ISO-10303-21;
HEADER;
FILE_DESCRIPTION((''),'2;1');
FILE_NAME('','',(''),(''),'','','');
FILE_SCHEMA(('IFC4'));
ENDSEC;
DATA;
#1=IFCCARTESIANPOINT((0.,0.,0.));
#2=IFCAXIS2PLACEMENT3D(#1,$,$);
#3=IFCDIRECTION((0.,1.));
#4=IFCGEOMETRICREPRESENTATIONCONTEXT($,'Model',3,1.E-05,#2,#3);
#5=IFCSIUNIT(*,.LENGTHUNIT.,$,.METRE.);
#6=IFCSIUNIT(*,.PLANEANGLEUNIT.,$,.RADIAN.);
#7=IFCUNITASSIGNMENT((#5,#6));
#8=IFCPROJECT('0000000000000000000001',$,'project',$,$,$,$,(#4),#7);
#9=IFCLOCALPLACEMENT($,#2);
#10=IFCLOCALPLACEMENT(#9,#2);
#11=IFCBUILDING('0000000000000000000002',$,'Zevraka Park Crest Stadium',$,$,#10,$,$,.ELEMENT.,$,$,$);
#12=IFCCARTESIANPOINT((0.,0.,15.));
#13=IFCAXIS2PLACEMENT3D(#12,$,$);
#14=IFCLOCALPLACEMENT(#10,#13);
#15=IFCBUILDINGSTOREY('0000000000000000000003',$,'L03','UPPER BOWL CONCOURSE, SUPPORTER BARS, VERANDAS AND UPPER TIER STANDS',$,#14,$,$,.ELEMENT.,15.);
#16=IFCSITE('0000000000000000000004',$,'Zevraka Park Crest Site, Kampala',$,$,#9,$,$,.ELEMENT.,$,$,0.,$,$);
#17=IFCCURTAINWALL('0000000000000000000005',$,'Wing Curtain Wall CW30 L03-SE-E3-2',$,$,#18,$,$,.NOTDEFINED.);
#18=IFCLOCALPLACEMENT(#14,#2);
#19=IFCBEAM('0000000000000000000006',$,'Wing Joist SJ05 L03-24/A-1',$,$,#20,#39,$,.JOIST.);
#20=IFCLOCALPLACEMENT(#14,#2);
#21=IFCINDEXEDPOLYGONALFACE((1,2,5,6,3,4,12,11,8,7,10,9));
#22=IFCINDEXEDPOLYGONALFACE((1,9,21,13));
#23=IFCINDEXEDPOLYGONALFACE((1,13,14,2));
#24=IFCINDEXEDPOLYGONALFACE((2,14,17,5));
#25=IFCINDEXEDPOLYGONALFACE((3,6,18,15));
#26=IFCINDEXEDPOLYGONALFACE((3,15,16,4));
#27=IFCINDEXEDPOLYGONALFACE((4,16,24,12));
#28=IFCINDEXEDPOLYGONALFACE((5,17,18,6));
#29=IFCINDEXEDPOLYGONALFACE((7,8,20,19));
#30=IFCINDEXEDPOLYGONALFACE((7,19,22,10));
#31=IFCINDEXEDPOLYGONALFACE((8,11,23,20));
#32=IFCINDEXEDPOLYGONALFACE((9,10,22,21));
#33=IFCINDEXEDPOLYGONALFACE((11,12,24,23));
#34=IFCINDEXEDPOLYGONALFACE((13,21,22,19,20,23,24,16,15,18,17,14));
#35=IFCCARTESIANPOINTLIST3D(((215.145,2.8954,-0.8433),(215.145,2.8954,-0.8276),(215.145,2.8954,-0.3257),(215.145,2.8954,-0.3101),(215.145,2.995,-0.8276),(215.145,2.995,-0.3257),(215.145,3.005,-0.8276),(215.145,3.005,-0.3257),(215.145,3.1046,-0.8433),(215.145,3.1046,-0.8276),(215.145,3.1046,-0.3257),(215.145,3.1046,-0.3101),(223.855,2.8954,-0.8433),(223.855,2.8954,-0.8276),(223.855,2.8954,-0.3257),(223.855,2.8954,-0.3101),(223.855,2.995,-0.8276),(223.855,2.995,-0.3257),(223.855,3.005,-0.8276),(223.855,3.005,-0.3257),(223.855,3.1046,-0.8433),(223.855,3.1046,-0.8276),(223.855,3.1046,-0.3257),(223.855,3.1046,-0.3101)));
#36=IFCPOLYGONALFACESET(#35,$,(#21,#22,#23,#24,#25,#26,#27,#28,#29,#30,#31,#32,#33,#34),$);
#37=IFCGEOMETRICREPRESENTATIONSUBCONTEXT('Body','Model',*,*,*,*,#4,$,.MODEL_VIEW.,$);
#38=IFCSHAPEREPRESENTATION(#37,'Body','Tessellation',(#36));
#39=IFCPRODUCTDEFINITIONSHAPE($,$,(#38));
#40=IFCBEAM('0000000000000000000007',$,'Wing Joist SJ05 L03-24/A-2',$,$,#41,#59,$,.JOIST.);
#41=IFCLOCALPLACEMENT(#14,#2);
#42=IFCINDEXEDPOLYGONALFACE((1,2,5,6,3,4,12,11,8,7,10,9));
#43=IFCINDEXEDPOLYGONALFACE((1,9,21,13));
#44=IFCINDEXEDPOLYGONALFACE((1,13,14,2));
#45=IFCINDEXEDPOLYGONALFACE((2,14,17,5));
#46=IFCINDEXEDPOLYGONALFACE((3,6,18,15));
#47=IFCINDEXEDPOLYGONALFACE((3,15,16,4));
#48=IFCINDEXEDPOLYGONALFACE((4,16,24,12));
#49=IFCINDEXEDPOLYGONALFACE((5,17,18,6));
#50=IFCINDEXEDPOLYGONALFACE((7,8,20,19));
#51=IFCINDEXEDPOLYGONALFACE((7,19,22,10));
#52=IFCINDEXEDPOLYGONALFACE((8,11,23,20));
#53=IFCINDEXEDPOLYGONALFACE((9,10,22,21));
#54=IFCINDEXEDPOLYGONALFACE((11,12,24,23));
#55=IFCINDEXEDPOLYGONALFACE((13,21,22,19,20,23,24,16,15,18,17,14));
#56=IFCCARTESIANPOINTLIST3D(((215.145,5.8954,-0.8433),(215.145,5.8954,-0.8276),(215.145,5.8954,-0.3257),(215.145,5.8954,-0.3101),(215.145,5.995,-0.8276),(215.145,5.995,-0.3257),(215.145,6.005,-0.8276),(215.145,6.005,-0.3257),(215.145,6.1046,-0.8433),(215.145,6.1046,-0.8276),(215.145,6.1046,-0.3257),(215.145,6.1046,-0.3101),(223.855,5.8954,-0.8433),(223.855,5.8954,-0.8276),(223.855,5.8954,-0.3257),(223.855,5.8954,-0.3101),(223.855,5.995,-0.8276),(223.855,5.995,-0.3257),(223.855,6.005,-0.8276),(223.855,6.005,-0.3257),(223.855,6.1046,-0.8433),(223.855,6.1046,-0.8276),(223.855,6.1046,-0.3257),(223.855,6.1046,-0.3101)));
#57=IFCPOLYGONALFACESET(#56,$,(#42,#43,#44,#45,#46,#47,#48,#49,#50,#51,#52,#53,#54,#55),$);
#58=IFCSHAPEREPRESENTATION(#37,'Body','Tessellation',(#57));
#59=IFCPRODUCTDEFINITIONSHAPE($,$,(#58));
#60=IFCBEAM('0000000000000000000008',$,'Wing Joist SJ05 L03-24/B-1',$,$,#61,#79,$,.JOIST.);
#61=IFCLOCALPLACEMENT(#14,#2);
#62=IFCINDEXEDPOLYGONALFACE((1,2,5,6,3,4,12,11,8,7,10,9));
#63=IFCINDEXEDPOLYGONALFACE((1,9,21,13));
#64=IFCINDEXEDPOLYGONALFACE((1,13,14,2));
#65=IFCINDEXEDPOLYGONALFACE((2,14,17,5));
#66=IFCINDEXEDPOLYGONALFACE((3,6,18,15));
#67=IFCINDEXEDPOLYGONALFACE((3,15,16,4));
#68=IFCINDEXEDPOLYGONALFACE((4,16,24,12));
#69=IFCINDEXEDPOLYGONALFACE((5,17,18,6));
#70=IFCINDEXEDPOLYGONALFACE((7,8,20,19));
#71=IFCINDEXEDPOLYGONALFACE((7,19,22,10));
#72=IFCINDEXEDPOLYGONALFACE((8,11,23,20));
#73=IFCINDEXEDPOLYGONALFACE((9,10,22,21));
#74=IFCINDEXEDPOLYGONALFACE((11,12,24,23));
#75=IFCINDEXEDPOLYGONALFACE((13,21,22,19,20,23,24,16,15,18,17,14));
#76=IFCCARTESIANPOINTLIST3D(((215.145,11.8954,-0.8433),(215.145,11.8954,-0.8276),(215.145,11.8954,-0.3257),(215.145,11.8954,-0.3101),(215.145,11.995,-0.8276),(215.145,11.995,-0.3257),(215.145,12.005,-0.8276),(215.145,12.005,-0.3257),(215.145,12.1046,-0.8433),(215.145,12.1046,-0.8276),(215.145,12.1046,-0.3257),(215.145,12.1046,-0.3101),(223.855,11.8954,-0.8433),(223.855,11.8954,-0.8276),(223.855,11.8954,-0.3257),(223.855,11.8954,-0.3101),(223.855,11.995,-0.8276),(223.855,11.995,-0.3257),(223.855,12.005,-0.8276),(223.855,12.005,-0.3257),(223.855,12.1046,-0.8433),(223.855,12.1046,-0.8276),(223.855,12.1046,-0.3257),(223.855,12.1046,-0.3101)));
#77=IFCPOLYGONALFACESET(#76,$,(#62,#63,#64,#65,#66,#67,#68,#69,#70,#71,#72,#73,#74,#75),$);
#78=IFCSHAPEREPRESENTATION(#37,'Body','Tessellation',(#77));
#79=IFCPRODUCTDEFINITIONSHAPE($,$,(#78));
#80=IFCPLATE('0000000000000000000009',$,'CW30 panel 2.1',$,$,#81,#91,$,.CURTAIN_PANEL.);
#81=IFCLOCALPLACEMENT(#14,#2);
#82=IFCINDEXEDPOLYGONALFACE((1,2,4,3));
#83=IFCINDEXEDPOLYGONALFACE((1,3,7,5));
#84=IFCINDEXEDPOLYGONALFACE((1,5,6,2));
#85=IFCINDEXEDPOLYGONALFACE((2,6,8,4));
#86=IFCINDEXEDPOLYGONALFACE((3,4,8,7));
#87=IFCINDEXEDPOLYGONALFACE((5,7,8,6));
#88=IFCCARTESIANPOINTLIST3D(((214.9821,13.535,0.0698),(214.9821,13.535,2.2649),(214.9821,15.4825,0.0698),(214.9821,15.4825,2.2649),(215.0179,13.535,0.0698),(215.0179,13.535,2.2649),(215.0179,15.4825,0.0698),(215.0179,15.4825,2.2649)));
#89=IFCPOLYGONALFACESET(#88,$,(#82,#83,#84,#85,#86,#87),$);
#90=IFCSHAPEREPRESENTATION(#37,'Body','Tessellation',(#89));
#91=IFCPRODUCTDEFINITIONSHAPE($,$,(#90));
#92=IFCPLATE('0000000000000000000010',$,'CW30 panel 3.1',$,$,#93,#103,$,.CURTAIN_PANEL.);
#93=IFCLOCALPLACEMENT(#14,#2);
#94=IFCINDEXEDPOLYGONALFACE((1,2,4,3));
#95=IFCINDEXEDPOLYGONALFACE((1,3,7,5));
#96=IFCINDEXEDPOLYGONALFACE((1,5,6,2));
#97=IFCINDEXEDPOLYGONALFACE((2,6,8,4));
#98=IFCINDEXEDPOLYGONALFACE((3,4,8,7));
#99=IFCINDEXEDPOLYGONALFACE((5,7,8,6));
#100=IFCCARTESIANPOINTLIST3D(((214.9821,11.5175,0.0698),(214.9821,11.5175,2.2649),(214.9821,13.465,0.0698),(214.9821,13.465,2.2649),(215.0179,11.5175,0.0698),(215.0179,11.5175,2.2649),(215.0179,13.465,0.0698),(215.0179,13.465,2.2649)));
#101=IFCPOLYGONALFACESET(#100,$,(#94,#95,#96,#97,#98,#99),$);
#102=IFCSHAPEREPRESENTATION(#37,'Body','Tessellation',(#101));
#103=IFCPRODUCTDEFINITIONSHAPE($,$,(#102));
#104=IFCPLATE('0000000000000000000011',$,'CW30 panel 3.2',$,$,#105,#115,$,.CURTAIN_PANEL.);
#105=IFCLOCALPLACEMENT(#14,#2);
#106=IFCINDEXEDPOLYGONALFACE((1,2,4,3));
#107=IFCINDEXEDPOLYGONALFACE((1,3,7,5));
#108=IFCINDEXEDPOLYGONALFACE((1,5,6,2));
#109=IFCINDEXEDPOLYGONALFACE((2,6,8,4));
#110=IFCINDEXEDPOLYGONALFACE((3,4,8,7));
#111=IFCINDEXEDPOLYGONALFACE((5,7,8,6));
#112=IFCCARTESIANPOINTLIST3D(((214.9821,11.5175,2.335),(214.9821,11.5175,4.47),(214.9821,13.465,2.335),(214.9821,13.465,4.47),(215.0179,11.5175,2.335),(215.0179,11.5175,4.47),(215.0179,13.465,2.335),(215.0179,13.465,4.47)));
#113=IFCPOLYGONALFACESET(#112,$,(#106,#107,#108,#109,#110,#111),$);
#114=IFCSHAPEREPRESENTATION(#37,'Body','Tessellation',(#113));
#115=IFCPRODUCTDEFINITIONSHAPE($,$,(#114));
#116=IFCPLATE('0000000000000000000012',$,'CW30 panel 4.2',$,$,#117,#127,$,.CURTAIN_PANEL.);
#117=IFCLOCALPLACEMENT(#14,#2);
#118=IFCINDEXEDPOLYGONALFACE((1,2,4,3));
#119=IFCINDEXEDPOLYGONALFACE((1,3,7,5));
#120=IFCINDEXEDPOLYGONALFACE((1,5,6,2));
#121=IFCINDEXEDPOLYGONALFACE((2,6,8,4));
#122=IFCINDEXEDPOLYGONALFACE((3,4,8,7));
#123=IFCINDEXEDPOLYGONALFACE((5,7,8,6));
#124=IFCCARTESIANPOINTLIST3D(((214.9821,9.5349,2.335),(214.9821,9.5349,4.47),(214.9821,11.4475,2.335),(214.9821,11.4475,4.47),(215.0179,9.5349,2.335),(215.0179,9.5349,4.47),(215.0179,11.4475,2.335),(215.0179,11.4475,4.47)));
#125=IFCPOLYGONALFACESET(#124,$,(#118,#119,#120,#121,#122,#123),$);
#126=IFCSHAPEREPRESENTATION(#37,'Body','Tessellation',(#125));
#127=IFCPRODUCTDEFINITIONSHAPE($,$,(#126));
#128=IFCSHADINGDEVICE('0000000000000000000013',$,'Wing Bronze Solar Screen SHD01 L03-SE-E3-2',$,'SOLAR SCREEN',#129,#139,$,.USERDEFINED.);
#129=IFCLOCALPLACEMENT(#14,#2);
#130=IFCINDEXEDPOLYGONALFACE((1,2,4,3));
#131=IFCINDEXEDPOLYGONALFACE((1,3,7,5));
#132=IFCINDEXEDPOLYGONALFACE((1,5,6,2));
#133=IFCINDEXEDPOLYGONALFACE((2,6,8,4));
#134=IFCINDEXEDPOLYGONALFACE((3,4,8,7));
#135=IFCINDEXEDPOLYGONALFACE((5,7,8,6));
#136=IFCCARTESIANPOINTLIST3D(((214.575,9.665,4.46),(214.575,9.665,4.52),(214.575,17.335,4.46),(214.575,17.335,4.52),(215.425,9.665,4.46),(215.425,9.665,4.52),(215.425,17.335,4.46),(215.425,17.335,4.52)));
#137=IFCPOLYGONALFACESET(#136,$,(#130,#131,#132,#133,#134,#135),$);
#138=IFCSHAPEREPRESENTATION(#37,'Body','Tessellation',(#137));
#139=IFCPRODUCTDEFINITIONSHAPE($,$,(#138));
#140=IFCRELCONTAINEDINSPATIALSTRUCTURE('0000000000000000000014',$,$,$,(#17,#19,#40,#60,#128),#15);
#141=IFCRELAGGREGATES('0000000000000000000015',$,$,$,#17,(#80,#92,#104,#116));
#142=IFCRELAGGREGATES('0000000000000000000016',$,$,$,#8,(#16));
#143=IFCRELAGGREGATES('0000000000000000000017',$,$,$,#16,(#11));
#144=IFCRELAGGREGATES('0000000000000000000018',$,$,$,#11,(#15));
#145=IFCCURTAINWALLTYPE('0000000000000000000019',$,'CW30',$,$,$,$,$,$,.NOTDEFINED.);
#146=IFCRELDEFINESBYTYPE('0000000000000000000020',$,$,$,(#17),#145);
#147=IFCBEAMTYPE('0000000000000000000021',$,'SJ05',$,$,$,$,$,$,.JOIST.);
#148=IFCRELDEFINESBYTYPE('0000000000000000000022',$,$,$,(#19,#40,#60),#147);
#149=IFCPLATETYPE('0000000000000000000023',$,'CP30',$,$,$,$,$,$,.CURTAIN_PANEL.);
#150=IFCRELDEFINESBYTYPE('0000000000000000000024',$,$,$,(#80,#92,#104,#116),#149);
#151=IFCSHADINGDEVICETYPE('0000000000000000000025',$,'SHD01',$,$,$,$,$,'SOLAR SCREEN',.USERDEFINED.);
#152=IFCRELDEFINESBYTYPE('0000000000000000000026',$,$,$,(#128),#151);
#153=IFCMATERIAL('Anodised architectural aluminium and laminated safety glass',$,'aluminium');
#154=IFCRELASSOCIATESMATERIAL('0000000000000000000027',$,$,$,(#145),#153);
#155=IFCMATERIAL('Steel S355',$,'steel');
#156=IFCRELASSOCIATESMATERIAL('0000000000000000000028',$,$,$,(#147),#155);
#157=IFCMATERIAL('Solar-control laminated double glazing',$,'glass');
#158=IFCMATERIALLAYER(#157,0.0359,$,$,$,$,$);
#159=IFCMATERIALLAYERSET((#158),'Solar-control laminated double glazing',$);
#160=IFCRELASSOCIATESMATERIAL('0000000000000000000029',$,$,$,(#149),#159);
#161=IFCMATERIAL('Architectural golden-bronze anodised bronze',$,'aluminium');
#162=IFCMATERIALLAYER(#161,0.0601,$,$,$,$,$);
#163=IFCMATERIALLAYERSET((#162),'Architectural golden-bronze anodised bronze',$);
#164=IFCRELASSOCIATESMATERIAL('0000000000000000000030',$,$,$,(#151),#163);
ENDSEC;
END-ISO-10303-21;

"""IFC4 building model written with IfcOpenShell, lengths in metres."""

from ifc_helpers import new_model, si_unit, direction, frame, origin, origin_2d, place, context, subcontext, project, spatial, rectangle, i_section, extrude, material, layer, layer_set, material_profile, profile_set, type_object, element, aggregate, save


model = new_model("IFC4")

# Units and contexts
model_context = context("Model", 3, precision=1e-05, world=origin(), true_north=direction((0.0, 1.0)))
body_context = subcontext(model_context, "Body", "Model", "MODEL_VIEW")
ifc_project = project(units=[si_unit("LENGTHUNIT", "METRE"), si_unit("PLANEANGLEUNIT", "RADIAN")], contexts=[model_context])

# Site, building, storey
site_placement = place(None, origin())
site = spatial("IfcSite", under=ifc_project, at=site_placement, Name="Zevraka Park Crest Site, Kampala", CompositionType="ELEMENT", RefElevation=0.0)
building_placement = place(site_placement, origin())
building = spatial("IfcBuilding", under=site, at=building_placement, Name="Zevraka Park Crest Stadium", CompositionType="ELEMENT")
storey_placement = place(building_placement, frame((0.0, 0.0, 15.0)))
storey = spatial("IfcBuildingStorey", under=building, at=storey_placement, Name="L03", Description="UPPER BOWL CONCOURSE, SUPPORTER BARS, VERANDAS AND UPPER TIER STANDS", CompositionType="ELEMENT", Elevation=15.0)

# Curtain wall
ifc_material_1 = material(Name="Anodised architectural aluminium and laminated safety glass", Category="aluminium")
curtain_wall_type = type_object("IfcCurtainWallType", Name="CW30", PredefinedType="NOTDEFINED", material=ifc_material_1)
curtain_wall_placement = place(storey_placement, origin())
curtain_wall = element("IfcCurtainWall", 1, at=curtain_wall_placement, inside=storey, type_object=curtain_wall_type, Name="Wing Curtain Wall CW30 L03-SE-E3-2", PredefinedType="NOTDEFINED")

# Beams
ifc_material_2 = material(Name="Steel S355", Category="steel")
ifc_material_profile_1 = material_profile(ifc_material_2, i_section(OverallWidth=0.2092, OverallDepth=0.5332, WebThickness=0.01, FlangeThickness=0.0156, at=origin_2d()), Name="UKB 533x210x92")
ifc_profile_set_1 = profile_set([ifc_material_profile_1], Name="Steel S355")
beam_type_1 = type_object("IfcBeamType", Name="SJ05", PredefinedType="JOIST", material=ifc_profile_set_1)
for number, where, z_axis, x_axis, name in (
    (2, (215.145, 3.0, -0.5767), (1.0, 0.0, 0.0), (0.0, 1.0, 0.0), "Wing Joist SJ05 L03-24/A-1"),
    (3, (215.145, 6.0, -0.5767), (1.0, 0.0, 0.0), (0.0, 1.0, 0.0), "Wing Joist SJ05 L03-24/A-2"),
    (4, (215.145, 12.0, -0.5767), (1.0, 0.0, 0.0), (0.0, 1.0, 0.0), "Wing Joist SJ05 L03-24/B-1"),
):
    element("IfcBeam", number, at=place(storey_placement, frame(where, z_axis=z_axis, x_axis=x_axis)), inside=storey, type_object=beam_type_1, Name=name, PredefinedType="JOIST", context=body_context, shape_type="SweptSolid", body=[
        extrude(i_section(OverallWidth=0.2092, OverallDepth=0.5332, WebThickness=0.01, FlangeThickness=0.0156, at=origin_2d()), origin(), (0.0, 0.0, 1.0), 8.71),
    ])

# Plates
ifc_material_3 = material(Name="Solar-control laminated double glazing", Category="glass")
ifc_layer_1 = layer(ifc_material_3, 0.0359)
ifc_layer_set_1 = layer_set([ifc_layer_1], Name="Solar-control laminated double glazing")
plate_type = type_object("IfcPlateType", Name="CP30", PredefinedType="CURTAIN_PANEL", material=ifc_layer_set_1)
plate_1_placement = place(storey_placement, frame((215.0, 14.5088, 0.0698), z_axis=(0.0, 0.0, 1.0), x_axis=(0.0, -1.0, 0.0)))
plate_1 = element("IfcPlate", 5, at=plate_1_placement, type_object=plate_type, Name="CW30 panel 2.1", PredefinedType="CURTAIN_PANEL", context=body_context, shape_type="SweptSolid", body=[
    extrude(rectangle(XDim=1.9475, YDim=0.0359, at=origin_2d()), origin(), (0.0, 0.0, 1.0), 2.1951),
])
plate_2_placement = place(storey_placement, frame((215.0, 12.4912, 0.0698), z_axis=(0.0, 0.0, 1.0), x_axis=(0.0, -1.0, 0.0)))
plate_2 = element("IfcPlate", 6, at=plate_2_placement, type_object=plate_type, Name="CW30 panel 3.1", PredefinedType="CURTAIN_PANEL", context=body_context, shape_type="SweptSolid", body=[
    extrude(rectangle(XDim=1.9475, YDim=0.0359, at=origin_2d()), origin(), (0.0, 0.0, 1.0), 2.1951),
])
plate_3_placement = place(storey_placement, frame((215.0, 12.4912, 2.335), z_axis=(0.0, 0.0, 1.0), x_axis=(0.0, -1.0, 0.0)))
plate_3 = element("IfcPlate", 7, at=plate_3_placement, type_object=plate_type, Name="CW30 panel 3.2", PredefinedType="CURTAIN_PANEL", context=body_context, shape_type="SweptSolid", body=[
    extrude(rectangle(XDim=1.9475, YDim=0.0359, at=origin_2d()), origin(), (0.0, 0.0, 1.0), 2.135),
])
plate_4_placement = place(storey_placement, frame((215.0, 10.4912, 2.335), z_axis=(0.0, 0.0, 1.0), x_axis=(0.0, -1.0, 0.0)))
plate_4 = element("IfcPlate", 8, at=plate_4_placement, type_object=plate_type, Name="CW30 panel 4.2", PredefinedType="CURTAIN_PANEL", context=body_context, shape_type="SweptSolid", body=[
    extrude(rectangle(XDim=1.9126, YDim=0.0359, at=origin_2d()), origin(), (0.0, 0.0, 1.0), 2.135),
])
aggregate(curtain_wall, [plate_1, plate_2, plate_3, plate_4])

# Shading device
ifc_material_4 = material(Name="Architectural golden-bronze anodised bronze", Category="aluminium")
ifc_layer_2 = layer(ifc_material_4, 0.0601)
ifc_layer_set_2 = layer_set([ifc_layer_2], Name="Architectural golden-bronze anodised bronze")
shading_device_type = type_object("IfcShadingDeviceType", Name="SHD01", ElementType="SOLAR SCREEN", PredefinedType="USERDEFINED", material=ifc_layer_set_2)
shading_device_placement = place(storey_placement, frame((215.0, 13.5, 4.46), z_axis=(0.0, 0.0, 1.0), x_axis=(0.0, -1.0, 0.0)))
element("IfcShadingDevice", 9, at=shading_device_placement, inside=storey, type_object=shading_device_type, Name="Wing Bronze Solar Screen SHD01 L03-SE-E3-2", ObjectType="SOLAR SCREEN", PredefinedType="USERDEFINED", context=body_context, shape_type="SweptSolid", body=[
    extrude(rectangle(XDim=7.6699, YDim=0.8501, at=origin_2d()), origin(), (0.0, 0.0, 1.0), 0.0601),
])

save(model, "model.ifc")
